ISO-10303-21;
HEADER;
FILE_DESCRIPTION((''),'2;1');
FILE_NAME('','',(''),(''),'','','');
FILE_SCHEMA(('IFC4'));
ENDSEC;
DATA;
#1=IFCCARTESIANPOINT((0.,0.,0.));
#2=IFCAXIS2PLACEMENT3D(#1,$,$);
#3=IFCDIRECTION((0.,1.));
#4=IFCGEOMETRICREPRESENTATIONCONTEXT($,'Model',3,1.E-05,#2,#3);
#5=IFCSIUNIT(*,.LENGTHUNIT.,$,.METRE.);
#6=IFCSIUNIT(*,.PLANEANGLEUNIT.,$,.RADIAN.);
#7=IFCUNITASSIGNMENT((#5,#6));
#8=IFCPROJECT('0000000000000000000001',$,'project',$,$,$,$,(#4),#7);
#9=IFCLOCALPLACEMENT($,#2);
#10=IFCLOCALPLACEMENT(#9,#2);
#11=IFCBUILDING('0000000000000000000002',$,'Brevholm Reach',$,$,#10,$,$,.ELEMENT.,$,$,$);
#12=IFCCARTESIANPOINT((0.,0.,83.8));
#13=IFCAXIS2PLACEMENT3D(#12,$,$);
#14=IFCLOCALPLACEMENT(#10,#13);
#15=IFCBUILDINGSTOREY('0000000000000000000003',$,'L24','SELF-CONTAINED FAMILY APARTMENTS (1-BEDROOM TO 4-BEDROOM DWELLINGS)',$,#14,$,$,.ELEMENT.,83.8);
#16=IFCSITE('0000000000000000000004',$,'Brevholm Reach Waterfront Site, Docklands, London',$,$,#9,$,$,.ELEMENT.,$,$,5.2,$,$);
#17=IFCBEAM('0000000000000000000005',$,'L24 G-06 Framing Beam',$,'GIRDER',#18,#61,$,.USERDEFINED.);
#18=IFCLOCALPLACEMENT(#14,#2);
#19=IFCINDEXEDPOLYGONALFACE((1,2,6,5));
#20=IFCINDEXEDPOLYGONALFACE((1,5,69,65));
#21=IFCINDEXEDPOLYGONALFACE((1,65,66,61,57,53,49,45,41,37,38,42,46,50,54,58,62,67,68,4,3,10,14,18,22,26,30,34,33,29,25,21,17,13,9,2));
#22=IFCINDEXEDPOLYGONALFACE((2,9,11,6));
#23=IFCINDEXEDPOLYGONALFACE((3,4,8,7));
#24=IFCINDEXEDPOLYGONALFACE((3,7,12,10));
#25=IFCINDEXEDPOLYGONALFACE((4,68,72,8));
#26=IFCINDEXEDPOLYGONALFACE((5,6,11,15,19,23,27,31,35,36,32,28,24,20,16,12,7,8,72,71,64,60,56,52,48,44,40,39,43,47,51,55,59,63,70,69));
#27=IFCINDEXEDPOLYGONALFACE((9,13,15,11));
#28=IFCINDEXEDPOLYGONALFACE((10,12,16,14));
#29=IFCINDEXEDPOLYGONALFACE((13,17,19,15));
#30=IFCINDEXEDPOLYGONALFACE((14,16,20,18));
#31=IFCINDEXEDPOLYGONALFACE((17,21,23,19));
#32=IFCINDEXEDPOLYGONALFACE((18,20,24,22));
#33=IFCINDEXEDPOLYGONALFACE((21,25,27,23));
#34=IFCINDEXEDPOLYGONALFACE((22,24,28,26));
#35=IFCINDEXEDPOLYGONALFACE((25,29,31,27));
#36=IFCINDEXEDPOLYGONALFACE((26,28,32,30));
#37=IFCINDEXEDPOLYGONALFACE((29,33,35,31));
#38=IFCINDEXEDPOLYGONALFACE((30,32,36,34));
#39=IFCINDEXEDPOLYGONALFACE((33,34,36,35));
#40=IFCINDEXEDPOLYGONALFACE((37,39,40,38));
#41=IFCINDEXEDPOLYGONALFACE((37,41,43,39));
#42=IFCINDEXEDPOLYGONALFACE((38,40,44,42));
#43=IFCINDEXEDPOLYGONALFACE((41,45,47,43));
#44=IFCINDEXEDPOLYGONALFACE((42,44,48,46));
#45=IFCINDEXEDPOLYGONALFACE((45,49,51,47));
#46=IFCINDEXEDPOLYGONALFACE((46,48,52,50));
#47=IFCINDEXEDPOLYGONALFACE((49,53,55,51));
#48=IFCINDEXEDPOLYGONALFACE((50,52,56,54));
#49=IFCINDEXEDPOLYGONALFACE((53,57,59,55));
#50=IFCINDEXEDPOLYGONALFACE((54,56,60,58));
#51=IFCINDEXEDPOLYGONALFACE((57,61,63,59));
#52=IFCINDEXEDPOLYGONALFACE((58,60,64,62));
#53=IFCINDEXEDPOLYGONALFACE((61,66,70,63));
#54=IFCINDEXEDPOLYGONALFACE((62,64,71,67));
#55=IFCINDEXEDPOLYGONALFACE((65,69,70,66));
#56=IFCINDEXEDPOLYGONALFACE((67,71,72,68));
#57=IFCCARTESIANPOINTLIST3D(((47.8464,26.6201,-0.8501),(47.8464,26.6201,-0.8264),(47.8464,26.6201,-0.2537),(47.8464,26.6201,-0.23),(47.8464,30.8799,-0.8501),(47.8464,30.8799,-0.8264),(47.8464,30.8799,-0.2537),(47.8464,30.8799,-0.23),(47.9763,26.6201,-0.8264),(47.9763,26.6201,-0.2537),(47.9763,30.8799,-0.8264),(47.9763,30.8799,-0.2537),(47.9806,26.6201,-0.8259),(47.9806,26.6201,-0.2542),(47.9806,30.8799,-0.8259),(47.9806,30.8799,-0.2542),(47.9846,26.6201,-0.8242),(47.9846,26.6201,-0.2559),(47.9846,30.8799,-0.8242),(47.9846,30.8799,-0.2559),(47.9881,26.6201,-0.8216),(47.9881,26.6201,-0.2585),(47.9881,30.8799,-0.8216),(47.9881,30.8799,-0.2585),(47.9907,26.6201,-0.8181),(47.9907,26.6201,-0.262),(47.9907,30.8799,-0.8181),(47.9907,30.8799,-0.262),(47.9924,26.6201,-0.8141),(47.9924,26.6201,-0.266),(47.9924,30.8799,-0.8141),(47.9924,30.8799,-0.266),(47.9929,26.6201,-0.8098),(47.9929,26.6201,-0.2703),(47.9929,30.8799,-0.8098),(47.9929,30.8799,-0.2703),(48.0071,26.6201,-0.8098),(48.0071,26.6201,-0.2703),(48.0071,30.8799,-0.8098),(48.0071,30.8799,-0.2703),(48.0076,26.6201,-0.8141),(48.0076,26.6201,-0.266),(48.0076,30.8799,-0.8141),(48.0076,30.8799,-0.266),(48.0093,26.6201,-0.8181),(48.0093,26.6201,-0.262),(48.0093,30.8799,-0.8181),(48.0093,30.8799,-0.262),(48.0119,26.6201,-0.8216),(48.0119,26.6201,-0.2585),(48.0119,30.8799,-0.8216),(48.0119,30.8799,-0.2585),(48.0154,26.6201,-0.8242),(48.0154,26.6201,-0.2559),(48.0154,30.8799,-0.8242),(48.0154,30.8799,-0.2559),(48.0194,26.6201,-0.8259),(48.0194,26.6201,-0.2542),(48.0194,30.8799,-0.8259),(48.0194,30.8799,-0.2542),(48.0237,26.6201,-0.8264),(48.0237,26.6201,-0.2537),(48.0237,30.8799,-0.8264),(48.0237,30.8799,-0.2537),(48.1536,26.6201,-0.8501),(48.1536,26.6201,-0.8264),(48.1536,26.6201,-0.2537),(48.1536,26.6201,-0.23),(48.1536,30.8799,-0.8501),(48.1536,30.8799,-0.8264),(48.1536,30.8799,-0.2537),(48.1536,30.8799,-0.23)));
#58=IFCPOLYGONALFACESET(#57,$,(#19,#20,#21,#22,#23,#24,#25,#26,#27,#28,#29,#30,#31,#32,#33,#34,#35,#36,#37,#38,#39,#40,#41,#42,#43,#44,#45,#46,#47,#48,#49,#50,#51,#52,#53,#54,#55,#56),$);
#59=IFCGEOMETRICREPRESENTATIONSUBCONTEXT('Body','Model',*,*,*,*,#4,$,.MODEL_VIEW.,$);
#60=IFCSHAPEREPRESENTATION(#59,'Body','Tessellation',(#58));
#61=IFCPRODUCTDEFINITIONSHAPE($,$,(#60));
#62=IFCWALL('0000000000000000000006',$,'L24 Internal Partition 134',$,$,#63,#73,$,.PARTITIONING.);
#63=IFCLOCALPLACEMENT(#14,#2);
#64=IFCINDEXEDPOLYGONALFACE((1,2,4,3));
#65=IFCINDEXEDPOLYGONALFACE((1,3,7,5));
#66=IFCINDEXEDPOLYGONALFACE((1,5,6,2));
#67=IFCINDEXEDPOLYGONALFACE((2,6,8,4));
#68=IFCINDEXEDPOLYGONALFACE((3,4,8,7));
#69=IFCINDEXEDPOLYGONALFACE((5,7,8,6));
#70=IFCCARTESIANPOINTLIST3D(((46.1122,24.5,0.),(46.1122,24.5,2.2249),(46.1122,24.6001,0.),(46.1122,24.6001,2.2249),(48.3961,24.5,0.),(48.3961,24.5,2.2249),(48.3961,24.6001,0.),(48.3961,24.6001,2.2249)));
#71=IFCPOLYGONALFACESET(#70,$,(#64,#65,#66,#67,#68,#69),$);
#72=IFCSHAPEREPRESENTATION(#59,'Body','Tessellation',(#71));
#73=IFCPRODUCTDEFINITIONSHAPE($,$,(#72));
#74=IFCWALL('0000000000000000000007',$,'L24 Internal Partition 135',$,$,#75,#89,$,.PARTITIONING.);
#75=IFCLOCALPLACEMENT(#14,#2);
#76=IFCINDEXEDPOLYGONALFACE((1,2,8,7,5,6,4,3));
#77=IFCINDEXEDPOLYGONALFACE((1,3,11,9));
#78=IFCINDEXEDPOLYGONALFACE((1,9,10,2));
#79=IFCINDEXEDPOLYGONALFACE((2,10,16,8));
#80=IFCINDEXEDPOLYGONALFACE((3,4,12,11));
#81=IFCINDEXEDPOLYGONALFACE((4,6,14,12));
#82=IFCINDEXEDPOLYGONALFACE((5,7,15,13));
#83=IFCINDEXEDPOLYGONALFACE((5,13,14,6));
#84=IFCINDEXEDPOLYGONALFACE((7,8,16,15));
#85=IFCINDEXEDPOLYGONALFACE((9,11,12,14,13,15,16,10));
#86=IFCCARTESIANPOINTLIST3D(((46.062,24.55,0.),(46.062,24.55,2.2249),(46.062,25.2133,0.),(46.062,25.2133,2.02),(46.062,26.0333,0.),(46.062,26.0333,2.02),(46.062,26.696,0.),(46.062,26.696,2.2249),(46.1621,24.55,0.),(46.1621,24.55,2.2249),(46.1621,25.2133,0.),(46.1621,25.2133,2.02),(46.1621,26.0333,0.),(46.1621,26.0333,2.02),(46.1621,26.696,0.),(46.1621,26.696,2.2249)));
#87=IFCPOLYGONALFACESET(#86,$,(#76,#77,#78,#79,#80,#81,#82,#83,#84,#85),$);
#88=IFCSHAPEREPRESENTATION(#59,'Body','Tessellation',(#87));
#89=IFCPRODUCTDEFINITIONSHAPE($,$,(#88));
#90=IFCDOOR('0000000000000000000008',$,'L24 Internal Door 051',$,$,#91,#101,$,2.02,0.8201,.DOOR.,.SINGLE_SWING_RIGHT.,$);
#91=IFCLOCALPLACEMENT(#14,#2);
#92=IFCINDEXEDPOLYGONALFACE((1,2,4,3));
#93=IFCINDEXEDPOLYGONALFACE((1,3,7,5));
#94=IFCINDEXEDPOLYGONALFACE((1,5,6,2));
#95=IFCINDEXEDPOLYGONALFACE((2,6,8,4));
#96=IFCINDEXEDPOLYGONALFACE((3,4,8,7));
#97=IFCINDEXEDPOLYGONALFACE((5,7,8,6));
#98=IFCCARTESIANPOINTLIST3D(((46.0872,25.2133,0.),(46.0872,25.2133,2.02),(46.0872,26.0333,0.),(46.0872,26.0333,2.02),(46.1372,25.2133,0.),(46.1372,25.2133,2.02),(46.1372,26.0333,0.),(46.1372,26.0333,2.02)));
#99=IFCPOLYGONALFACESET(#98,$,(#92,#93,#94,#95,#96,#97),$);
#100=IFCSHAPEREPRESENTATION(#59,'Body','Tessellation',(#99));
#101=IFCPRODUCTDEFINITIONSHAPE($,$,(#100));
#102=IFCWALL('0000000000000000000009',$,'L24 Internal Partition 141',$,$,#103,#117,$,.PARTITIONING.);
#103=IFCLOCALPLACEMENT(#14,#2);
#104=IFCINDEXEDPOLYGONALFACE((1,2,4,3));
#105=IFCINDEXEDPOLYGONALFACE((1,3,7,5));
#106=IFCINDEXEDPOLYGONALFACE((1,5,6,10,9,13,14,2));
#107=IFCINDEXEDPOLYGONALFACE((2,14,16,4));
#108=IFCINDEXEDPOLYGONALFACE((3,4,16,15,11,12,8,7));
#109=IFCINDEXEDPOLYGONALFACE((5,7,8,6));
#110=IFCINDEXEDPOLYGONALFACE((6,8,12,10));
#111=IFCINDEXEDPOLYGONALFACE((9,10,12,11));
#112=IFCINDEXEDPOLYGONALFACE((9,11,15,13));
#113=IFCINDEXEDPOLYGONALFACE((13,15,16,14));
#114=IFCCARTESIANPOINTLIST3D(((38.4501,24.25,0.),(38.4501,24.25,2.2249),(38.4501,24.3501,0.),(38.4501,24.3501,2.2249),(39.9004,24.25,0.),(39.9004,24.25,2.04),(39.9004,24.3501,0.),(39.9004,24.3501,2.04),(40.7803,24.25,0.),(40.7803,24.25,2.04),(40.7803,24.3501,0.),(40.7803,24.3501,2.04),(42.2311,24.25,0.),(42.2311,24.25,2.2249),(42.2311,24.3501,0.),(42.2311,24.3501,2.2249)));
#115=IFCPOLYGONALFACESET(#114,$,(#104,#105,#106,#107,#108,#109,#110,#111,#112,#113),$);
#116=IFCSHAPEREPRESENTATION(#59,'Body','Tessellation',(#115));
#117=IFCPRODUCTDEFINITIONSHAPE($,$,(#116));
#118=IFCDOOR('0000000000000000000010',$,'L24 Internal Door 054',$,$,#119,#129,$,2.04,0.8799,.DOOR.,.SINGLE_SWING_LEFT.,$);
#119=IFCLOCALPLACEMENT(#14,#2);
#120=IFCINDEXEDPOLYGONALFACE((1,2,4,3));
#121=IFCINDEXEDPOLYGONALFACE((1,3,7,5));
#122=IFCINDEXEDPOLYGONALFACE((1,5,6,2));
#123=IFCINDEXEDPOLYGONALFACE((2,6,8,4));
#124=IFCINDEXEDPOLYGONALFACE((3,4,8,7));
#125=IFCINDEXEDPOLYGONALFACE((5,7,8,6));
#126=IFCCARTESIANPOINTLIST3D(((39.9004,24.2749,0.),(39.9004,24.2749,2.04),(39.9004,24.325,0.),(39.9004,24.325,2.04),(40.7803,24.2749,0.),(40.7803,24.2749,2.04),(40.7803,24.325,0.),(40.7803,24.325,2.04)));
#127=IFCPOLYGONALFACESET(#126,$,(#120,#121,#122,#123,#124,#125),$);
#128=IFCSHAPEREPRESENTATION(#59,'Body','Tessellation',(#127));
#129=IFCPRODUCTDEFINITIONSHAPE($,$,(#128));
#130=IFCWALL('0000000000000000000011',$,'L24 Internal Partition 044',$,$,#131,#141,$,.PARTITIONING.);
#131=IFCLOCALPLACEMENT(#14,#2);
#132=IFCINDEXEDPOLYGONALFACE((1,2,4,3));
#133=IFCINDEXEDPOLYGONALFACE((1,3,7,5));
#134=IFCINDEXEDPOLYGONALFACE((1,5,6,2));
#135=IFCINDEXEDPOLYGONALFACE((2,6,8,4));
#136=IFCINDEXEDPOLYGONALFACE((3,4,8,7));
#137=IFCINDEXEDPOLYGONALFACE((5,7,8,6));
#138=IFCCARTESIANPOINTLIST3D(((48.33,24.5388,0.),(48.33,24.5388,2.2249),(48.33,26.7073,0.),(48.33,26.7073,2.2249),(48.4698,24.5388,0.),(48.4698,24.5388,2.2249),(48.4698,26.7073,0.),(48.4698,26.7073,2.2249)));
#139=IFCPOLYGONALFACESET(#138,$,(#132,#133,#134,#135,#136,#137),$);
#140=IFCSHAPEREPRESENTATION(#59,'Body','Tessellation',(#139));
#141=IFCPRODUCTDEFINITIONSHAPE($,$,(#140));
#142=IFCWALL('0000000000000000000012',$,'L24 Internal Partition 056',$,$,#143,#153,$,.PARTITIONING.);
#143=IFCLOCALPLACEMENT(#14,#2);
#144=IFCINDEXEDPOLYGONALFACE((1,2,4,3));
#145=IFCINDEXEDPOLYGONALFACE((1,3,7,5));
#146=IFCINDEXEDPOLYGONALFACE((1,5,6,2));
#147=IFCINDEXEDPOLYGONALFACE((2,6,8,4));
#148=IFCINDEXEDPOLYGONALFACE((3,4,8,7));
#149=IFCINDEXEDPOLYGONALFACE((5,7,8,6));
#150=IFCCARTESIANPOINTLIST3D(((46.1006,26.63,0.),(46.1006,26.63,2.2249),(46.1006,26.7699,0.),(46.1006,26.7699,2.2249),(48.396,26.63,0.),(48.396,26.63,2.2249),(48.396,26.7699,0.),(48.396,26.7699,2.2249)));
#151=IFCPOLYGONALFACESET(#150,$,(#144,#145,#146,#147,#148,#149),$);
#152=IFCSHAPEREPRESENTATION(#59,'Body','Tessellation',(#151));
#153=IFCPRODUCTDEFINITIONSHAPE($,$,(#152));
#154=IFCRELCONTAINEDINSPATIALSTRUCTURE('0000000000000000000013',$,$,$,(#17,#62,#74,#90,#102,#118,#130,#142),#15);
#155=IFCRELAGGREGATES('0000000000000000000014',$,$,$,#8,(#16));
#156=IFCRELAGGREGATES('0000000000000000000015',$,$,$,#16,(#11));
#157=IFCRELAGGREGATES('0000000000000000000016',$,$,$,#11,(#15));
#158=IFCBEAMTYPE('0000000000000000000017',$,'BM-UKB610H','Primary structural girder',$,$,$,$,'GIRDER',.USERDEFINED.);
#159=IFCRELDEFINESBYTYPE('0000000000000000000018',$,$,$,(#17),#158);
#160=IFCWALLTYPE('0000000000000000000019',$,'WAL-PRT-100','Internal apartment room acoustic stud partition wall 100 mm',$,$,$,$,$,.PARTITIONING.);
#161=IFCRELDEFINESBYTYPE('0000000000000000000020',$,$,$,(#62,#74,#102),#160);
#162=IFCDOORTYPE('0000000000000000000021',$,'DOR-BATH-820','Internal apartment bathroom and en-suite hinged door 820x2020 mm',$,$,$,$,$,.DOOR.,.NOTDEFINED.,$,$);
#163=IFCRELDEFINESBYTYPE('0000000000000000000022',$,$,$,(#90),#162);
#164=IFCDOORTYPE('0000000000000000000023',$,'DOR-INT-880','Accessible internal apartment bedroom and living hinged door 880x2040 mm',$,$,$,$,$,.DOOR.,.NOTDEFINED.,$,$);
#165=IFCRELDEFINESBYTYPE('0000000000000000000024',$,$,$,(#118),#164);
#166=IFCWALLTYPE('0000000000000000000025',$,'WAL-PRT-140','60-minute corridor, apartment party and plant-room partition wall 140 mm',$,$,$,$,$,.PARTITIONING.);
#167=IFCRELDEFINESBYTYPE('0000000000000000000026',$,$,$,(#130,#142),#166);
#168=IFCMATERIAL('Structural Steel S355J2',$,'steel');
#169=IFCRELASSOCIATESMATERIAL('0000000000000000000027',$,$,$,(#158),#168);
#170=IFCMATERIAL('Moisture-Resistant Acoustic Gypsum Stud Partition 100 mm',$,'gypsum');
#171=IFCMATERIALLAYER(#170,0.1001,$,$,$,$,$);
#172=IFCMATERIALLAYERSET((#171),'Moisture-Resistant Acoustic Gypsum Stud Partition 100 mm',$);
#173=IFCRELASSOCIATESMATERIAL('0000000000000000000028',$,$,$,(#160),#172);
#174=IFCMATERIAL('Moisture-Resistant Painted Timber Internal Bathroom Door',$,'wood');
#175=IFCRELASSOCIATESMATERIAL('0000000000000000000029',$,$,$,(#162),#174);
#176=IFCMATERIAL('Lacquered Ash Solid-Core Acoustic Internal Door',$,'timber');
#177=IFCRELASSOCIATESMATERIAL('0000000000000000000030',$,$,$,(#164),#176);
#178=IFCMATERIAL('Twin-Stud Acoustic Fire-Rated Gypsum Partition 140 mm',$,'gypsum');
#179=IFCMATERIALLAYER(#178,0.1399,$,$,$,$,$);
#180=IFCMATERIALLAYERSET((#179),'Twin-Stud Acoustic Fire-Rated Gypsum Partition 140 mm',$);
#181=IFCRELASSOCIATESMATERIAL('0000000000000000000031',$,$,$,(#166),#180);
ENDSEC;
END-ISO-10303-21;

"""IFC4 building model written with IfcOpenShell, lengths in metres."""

from ifc_helpers import new_model, si_unit, direction, frame, frame_2d, origin, origin_2d, place, context, subcontext, project, spatial, rectangle, i_section, extrude, material, layer, layer_set, material_profile, profile_set, type_object, element, fill, save


model = new_model("IFC4")

# Units and contexts
model_context = context("Model", 3, precision=1e-05, world=origin(), true_north=direction((0.0, 1.0)))
body_context = subcontext(model_context, "Body", "Model", "MODEL_VIEW")
ifc_project = project(units=[si_unit("LENGTHUNIT", "METRE"), si_unit("PLANEANGLEUNIT", "RADIAN")], contexts=[model_context])

# Site, building, storey
site_placement = place(None, origin())
site = spatial("IfcSite", under=ifc_project, at=site_placement, Name="Brevholm Reach Waterfront Site, Docklands, London", CompositionType="ELEMENT", RefElevation=5.2)
building_placement = place(site_placement, origin())
building = spatial("IfcBuilding", under=site, at=building_placement, Name="Brevholm Reach", CompositionType="ELEMENT")
storey_placement = place(building_placement, frame((0.0, 0.0, 83.8)))
storey = spatial("IfcBuildingStorey", under=building, at=storey_placement, Name="L24", Description="SELF-CONTAINED FAMILY APARTMENTS (1-BEDROOM TO 4-BEDROOM DWELLINGS)", CompositionType="ELEMENT", Elevation=83.8)

# Beam
ifc_material_1 = material(Name="Structural Steel S355J2", Category="steel")
ifc_material_profile_1 = material_profile(ifc_material_1, i_section(OverallWidth=0.3071, OverallDepth=0.6201, WebThickness=0.0142, FlangeThickness=0.0237, FilletRadius=0.0166, at=origin_2d()), Name="UKB 610x305x179")
ifc_profile_set_1 = profile_set([ifc_material_profile_1], Name="Structural Steel S355J2")
beam_type_1 = type_object("IfcBeamType", Name="BM-UKB610H", Description="Primary structural girder", ElementType="GIRDER", PredefinedType="USERDEFINED", material=ifc_profile_set_1)
beam_1_placement = place(storey_placement, frame((48.0, 26.6201, -0.54), z_axis=(0.0, 1.0, 0.0), x_axis=(-1.0, 0.0, 0.0)))
element("IfcBeam", 1, at=beam_1_placement, inside=storey, type_object=beam_type_1, Name="L24 G-06 Framing Beam", ObjectType="GIRDER", PredefinedType="USERDEFINED", context=body_context, shape_type="SweptSolid", body=[
    extrude(i_section(OverallWidth=0.3071, OverallDepth=0.6201, WebThickness=0.0142, FlangeThickness=0.0237, FilletRadius=0.0166, at=origin_2d()), origin(), (0.0, 0.0, 1.0), 4.2598),
])

# Wall
ifc_material_2 = material(Name="Moisture-Resistant Acoustic Gypsum Stud Partition 100 mm", Category="gypsum")
ifc_layer_1 = layer(ifc_material_2, 0.1001)
ifc_layer_set_1 = layer_set([ifc_layer_1], Name="Moisture-Resistant Acoustic Gypsum Stud Partition 100 mm")
wall_type_1 = type_object("IfcWallType", Name="WAL-PRT-100", Description="Internal apartment room acoustic stud partition wall 100 mm", PredefinedType="PARTITIONING", material=ifc_layer_set_1)
wall_1_placement = place(storey_placement, frame((46.1121, 24.55, 0.0), z_axis=(0.0, 0.0, 1.0), x_axis=(1.0, 0.0, 0.0)))
element("IfcWall", 2, at=wall_1_placement, inside=storey, type_object=wall_type_1, Name="L24 Internal Partition 134", PredefinedType="PARTITIONING", context=body_context, shape_type="SweptSolid", body=[
    extrude(rectangle(XDim=2.2839, YDim=0.1001, at=frame_2d((1.1421, 0.0))), origin(), (0.0, 0.0, 1.0), 2.2249),
])

# Walls, openings, doors
wall_2_placement = place(storey_placement, frame((46.1121, 24.55, 0.0), z_axis=(0.0, 0.0, 1.0), x_axis=(0.0, 1.0, 0.0)))
wall_2 = element("IfcWall", 3, at=wall_2_placement, inside=storey, type_object=wall_type_1, Name="L24 Internal Partition 135", PredefinedType="PARTITIONING", context=body_context, shape_type="SweptSolid", body=[
    extrude(rectangle(XDim=2.146, YDim=0.1001, at=frame_2d((1.073, 0.0))), origin(), (0.0, 0.0, 1.0), 2.2249),
])
opening_1_placement = place(wall_2_placement, frame((0.6631, 0.0, 0.0)))
opening_1 = element("IfcOpeningElement", 4, at=opening_1_placement, cuts=wall_2, PredefinedType="OPENING", context=body_context, shape_type="SweptSolid", body=[
    extrude(rectangle(XDim=0.8201, YDim=2.02, at=frame_2d((0.4102, 1.01))), frame((0.0, 0.0601, 0.0), z_axis=(0.0, -1.0, 0.0), x_axis=(1.0, 0.0, 0.0)), (0.0, 0.0, 1.0), 0.1201),
])
ifc_material_3 = material(Name="Moisture-Resistant Painted Timber Internal Bathroom Door", Category="wood")
door_type_1 = type_object("IfcDoorType", Name="DOR-BATH-820", Description="Internal apartment bathroom and en-suite hinged door 820x2020 mm", OperationType="NOTDEFINED", PredefinedType="DOOR", material=ifc_material_3)
door_1_placement = place(opening_1_placement, origin())
door_1 = element("IfcDoor", 5, at=door_1_placement, inside=storey, type_object=door_type_1, Name="L24 Internal Door 051", OperationType="SINGLE_SWING_RIGHT", OverallHeight=2.02, OverallWidth=0.8201, PredefinedType="DOOR", context=body_context, shape_type="SweptSolid", body=[
    extrude(rectangle(XDim=0.8201, YDim=2.02, at=frame_2d((0.4102, 1.01))), frame((0.0, 0.0249, 0.0), z_axis=(0.0, -1.0, 0.0), x_axis=(1.0, 0.0, 0.0)), (0.0, 0.0, 1.0), 0.05),
])
fill(opening_1, door_1)
wall_3_placement = place(storey_placement, frame((38.45, 24.3, 0.0), z_axis=(0.0, 0.0, 1.0), x_axis=(1.0, 0.0, 0.0)))
wall_3 = element("IfcWall", 6, at=wall_3_placement, inside=storey, type_object=wall_type_1, Name="L24 Internal Partition 141", PredefinedType="PARTITIONING", context=body_context, shape_type="SweptSolid", body=[
    extrude(rectangle(XDim=3.781, YDim=0.1001, at=frame_2d((1.8906, 0.0))), origin(), (0.0, 0.0, 1.0), 2.2249),
])
opening_2_placement = place(wall_3_placement, frame((1.4504, 0.0, 0.0)))
opening_2 = element("IfcOpeningElement", 7, at=opening_2_placement, cuts=wall_3, PredefinedType="OPENING", context=body_context, shape_type="SweptSolid", body=[
    extrude(rectangle(XDim=0.8799, YDim=2.04, at=frame_2d((0.4399, 1.02))), frame((0.0, 0.0601, 0.0), z_axis=(0.0, -1.0, 0.0), x_axis=(1.0, 0.0, 0.0)), (0.0, 0.0, 1.0), 0.1201),
])
ifc_material_4 = material(Name="Lacquered Ash Solid-Core Acoustic Internal Door", Category="timber")
door_type_2 = type_object("IfcDoorType", Name="DOR-INT-880", Description="Accessible internal apartment bedroom and living hinged door 880x2040 mm", OperationType="NOTDEFINED", PredefinedType="DOOR", material=ifc_material_4)
door_2_placement = place(opening_2_placement, origin())
door_2 = element("IfcDoor", 8, at=door_2_placement, inside=storey, type_object=door_type_2, Name="L24 Internal Door 054", OperationType="SINGLE_SWING_LEFT", OverallHeight=2.04, OverallWidth=0.8799, PredefinedType="DOOR", context=body_context, shape_type="SweptSolid", body=[
    extrude(rectangle(XDim=0.8799, YDim=2.04, at=frame_2d((0.4399, 1.02))), frame((0.0, 0.0249, 0.0), z_axis=(0.0, -1.0, 0.0), x_axis=(1.0, 0.0, 0.0)), (0.0, 0.0, 1.0), 0.05),
])
fill(opening_2, door_2)

# Walls
ifc_material_5 = material(Name="Twin-Stud Acoustic Fire-Rated Gypsum Partition 140 mm", Category="gypsum")
ifc_layer_2 = layer(ifc_material_5, 0.1399)
ifc_layer_set_2 = layer_set([ifc_layer_2], Name="Twin-Stud Acoustic Fire-Rated Gypsum Partition 140 mm")
wall_type_2 = type_object("IfcWallType", Name="WAL-PRT-140", Description="60-minute corridor, apartment party and plant-room partition wall 140 mm", PredefinedType="PARTITIONING", material=ifc_layer_set_2)
wall_4_placement = place(storey_placement, frame((48.3999, 24.5388, 0.0), z_axis=(0.0, 0.0, 1.0), x_axis=(0.0, 1.0, 0.0)))
element("IfcWall", 9, at=wall_4_placement, inside=storey, type_object=wall_type_2, Name="L24 Internal Partition 044", PredefinedType="PARTITIONING", context=body_context, shape_type="SweptSolid", body=[
    extrude(rectangle(XDim=2.1685, YDim=0.1399, at=frame_2d((1.0842, 0.0))), origin(), (0.0, 0.0, 1.0), 2.2249),
])
wall_5_placement = place(storey_placement, frame((46.1006, 26.7, 0.0), z_axis=(0.0, 0.0, 1.0), x_axis=(1.0, 0.0, 0.0)))
element("IfcWall", 10, at=wall_5_placement, inside=storey, type_object=wall_type_2, Name="L24 Internal Partition 056", PredefinedType="PARTITIONING", context=body_context, shape_type="SweptSolid", body=[
    extrude(rectangle(XDim=2.2954, YDim=0.1399, at=frame_2d((1.1477, 0.0))), origin(), (0.0, 0.0, 1.0), 2.2249),
])

save(model, "model.ifc")
